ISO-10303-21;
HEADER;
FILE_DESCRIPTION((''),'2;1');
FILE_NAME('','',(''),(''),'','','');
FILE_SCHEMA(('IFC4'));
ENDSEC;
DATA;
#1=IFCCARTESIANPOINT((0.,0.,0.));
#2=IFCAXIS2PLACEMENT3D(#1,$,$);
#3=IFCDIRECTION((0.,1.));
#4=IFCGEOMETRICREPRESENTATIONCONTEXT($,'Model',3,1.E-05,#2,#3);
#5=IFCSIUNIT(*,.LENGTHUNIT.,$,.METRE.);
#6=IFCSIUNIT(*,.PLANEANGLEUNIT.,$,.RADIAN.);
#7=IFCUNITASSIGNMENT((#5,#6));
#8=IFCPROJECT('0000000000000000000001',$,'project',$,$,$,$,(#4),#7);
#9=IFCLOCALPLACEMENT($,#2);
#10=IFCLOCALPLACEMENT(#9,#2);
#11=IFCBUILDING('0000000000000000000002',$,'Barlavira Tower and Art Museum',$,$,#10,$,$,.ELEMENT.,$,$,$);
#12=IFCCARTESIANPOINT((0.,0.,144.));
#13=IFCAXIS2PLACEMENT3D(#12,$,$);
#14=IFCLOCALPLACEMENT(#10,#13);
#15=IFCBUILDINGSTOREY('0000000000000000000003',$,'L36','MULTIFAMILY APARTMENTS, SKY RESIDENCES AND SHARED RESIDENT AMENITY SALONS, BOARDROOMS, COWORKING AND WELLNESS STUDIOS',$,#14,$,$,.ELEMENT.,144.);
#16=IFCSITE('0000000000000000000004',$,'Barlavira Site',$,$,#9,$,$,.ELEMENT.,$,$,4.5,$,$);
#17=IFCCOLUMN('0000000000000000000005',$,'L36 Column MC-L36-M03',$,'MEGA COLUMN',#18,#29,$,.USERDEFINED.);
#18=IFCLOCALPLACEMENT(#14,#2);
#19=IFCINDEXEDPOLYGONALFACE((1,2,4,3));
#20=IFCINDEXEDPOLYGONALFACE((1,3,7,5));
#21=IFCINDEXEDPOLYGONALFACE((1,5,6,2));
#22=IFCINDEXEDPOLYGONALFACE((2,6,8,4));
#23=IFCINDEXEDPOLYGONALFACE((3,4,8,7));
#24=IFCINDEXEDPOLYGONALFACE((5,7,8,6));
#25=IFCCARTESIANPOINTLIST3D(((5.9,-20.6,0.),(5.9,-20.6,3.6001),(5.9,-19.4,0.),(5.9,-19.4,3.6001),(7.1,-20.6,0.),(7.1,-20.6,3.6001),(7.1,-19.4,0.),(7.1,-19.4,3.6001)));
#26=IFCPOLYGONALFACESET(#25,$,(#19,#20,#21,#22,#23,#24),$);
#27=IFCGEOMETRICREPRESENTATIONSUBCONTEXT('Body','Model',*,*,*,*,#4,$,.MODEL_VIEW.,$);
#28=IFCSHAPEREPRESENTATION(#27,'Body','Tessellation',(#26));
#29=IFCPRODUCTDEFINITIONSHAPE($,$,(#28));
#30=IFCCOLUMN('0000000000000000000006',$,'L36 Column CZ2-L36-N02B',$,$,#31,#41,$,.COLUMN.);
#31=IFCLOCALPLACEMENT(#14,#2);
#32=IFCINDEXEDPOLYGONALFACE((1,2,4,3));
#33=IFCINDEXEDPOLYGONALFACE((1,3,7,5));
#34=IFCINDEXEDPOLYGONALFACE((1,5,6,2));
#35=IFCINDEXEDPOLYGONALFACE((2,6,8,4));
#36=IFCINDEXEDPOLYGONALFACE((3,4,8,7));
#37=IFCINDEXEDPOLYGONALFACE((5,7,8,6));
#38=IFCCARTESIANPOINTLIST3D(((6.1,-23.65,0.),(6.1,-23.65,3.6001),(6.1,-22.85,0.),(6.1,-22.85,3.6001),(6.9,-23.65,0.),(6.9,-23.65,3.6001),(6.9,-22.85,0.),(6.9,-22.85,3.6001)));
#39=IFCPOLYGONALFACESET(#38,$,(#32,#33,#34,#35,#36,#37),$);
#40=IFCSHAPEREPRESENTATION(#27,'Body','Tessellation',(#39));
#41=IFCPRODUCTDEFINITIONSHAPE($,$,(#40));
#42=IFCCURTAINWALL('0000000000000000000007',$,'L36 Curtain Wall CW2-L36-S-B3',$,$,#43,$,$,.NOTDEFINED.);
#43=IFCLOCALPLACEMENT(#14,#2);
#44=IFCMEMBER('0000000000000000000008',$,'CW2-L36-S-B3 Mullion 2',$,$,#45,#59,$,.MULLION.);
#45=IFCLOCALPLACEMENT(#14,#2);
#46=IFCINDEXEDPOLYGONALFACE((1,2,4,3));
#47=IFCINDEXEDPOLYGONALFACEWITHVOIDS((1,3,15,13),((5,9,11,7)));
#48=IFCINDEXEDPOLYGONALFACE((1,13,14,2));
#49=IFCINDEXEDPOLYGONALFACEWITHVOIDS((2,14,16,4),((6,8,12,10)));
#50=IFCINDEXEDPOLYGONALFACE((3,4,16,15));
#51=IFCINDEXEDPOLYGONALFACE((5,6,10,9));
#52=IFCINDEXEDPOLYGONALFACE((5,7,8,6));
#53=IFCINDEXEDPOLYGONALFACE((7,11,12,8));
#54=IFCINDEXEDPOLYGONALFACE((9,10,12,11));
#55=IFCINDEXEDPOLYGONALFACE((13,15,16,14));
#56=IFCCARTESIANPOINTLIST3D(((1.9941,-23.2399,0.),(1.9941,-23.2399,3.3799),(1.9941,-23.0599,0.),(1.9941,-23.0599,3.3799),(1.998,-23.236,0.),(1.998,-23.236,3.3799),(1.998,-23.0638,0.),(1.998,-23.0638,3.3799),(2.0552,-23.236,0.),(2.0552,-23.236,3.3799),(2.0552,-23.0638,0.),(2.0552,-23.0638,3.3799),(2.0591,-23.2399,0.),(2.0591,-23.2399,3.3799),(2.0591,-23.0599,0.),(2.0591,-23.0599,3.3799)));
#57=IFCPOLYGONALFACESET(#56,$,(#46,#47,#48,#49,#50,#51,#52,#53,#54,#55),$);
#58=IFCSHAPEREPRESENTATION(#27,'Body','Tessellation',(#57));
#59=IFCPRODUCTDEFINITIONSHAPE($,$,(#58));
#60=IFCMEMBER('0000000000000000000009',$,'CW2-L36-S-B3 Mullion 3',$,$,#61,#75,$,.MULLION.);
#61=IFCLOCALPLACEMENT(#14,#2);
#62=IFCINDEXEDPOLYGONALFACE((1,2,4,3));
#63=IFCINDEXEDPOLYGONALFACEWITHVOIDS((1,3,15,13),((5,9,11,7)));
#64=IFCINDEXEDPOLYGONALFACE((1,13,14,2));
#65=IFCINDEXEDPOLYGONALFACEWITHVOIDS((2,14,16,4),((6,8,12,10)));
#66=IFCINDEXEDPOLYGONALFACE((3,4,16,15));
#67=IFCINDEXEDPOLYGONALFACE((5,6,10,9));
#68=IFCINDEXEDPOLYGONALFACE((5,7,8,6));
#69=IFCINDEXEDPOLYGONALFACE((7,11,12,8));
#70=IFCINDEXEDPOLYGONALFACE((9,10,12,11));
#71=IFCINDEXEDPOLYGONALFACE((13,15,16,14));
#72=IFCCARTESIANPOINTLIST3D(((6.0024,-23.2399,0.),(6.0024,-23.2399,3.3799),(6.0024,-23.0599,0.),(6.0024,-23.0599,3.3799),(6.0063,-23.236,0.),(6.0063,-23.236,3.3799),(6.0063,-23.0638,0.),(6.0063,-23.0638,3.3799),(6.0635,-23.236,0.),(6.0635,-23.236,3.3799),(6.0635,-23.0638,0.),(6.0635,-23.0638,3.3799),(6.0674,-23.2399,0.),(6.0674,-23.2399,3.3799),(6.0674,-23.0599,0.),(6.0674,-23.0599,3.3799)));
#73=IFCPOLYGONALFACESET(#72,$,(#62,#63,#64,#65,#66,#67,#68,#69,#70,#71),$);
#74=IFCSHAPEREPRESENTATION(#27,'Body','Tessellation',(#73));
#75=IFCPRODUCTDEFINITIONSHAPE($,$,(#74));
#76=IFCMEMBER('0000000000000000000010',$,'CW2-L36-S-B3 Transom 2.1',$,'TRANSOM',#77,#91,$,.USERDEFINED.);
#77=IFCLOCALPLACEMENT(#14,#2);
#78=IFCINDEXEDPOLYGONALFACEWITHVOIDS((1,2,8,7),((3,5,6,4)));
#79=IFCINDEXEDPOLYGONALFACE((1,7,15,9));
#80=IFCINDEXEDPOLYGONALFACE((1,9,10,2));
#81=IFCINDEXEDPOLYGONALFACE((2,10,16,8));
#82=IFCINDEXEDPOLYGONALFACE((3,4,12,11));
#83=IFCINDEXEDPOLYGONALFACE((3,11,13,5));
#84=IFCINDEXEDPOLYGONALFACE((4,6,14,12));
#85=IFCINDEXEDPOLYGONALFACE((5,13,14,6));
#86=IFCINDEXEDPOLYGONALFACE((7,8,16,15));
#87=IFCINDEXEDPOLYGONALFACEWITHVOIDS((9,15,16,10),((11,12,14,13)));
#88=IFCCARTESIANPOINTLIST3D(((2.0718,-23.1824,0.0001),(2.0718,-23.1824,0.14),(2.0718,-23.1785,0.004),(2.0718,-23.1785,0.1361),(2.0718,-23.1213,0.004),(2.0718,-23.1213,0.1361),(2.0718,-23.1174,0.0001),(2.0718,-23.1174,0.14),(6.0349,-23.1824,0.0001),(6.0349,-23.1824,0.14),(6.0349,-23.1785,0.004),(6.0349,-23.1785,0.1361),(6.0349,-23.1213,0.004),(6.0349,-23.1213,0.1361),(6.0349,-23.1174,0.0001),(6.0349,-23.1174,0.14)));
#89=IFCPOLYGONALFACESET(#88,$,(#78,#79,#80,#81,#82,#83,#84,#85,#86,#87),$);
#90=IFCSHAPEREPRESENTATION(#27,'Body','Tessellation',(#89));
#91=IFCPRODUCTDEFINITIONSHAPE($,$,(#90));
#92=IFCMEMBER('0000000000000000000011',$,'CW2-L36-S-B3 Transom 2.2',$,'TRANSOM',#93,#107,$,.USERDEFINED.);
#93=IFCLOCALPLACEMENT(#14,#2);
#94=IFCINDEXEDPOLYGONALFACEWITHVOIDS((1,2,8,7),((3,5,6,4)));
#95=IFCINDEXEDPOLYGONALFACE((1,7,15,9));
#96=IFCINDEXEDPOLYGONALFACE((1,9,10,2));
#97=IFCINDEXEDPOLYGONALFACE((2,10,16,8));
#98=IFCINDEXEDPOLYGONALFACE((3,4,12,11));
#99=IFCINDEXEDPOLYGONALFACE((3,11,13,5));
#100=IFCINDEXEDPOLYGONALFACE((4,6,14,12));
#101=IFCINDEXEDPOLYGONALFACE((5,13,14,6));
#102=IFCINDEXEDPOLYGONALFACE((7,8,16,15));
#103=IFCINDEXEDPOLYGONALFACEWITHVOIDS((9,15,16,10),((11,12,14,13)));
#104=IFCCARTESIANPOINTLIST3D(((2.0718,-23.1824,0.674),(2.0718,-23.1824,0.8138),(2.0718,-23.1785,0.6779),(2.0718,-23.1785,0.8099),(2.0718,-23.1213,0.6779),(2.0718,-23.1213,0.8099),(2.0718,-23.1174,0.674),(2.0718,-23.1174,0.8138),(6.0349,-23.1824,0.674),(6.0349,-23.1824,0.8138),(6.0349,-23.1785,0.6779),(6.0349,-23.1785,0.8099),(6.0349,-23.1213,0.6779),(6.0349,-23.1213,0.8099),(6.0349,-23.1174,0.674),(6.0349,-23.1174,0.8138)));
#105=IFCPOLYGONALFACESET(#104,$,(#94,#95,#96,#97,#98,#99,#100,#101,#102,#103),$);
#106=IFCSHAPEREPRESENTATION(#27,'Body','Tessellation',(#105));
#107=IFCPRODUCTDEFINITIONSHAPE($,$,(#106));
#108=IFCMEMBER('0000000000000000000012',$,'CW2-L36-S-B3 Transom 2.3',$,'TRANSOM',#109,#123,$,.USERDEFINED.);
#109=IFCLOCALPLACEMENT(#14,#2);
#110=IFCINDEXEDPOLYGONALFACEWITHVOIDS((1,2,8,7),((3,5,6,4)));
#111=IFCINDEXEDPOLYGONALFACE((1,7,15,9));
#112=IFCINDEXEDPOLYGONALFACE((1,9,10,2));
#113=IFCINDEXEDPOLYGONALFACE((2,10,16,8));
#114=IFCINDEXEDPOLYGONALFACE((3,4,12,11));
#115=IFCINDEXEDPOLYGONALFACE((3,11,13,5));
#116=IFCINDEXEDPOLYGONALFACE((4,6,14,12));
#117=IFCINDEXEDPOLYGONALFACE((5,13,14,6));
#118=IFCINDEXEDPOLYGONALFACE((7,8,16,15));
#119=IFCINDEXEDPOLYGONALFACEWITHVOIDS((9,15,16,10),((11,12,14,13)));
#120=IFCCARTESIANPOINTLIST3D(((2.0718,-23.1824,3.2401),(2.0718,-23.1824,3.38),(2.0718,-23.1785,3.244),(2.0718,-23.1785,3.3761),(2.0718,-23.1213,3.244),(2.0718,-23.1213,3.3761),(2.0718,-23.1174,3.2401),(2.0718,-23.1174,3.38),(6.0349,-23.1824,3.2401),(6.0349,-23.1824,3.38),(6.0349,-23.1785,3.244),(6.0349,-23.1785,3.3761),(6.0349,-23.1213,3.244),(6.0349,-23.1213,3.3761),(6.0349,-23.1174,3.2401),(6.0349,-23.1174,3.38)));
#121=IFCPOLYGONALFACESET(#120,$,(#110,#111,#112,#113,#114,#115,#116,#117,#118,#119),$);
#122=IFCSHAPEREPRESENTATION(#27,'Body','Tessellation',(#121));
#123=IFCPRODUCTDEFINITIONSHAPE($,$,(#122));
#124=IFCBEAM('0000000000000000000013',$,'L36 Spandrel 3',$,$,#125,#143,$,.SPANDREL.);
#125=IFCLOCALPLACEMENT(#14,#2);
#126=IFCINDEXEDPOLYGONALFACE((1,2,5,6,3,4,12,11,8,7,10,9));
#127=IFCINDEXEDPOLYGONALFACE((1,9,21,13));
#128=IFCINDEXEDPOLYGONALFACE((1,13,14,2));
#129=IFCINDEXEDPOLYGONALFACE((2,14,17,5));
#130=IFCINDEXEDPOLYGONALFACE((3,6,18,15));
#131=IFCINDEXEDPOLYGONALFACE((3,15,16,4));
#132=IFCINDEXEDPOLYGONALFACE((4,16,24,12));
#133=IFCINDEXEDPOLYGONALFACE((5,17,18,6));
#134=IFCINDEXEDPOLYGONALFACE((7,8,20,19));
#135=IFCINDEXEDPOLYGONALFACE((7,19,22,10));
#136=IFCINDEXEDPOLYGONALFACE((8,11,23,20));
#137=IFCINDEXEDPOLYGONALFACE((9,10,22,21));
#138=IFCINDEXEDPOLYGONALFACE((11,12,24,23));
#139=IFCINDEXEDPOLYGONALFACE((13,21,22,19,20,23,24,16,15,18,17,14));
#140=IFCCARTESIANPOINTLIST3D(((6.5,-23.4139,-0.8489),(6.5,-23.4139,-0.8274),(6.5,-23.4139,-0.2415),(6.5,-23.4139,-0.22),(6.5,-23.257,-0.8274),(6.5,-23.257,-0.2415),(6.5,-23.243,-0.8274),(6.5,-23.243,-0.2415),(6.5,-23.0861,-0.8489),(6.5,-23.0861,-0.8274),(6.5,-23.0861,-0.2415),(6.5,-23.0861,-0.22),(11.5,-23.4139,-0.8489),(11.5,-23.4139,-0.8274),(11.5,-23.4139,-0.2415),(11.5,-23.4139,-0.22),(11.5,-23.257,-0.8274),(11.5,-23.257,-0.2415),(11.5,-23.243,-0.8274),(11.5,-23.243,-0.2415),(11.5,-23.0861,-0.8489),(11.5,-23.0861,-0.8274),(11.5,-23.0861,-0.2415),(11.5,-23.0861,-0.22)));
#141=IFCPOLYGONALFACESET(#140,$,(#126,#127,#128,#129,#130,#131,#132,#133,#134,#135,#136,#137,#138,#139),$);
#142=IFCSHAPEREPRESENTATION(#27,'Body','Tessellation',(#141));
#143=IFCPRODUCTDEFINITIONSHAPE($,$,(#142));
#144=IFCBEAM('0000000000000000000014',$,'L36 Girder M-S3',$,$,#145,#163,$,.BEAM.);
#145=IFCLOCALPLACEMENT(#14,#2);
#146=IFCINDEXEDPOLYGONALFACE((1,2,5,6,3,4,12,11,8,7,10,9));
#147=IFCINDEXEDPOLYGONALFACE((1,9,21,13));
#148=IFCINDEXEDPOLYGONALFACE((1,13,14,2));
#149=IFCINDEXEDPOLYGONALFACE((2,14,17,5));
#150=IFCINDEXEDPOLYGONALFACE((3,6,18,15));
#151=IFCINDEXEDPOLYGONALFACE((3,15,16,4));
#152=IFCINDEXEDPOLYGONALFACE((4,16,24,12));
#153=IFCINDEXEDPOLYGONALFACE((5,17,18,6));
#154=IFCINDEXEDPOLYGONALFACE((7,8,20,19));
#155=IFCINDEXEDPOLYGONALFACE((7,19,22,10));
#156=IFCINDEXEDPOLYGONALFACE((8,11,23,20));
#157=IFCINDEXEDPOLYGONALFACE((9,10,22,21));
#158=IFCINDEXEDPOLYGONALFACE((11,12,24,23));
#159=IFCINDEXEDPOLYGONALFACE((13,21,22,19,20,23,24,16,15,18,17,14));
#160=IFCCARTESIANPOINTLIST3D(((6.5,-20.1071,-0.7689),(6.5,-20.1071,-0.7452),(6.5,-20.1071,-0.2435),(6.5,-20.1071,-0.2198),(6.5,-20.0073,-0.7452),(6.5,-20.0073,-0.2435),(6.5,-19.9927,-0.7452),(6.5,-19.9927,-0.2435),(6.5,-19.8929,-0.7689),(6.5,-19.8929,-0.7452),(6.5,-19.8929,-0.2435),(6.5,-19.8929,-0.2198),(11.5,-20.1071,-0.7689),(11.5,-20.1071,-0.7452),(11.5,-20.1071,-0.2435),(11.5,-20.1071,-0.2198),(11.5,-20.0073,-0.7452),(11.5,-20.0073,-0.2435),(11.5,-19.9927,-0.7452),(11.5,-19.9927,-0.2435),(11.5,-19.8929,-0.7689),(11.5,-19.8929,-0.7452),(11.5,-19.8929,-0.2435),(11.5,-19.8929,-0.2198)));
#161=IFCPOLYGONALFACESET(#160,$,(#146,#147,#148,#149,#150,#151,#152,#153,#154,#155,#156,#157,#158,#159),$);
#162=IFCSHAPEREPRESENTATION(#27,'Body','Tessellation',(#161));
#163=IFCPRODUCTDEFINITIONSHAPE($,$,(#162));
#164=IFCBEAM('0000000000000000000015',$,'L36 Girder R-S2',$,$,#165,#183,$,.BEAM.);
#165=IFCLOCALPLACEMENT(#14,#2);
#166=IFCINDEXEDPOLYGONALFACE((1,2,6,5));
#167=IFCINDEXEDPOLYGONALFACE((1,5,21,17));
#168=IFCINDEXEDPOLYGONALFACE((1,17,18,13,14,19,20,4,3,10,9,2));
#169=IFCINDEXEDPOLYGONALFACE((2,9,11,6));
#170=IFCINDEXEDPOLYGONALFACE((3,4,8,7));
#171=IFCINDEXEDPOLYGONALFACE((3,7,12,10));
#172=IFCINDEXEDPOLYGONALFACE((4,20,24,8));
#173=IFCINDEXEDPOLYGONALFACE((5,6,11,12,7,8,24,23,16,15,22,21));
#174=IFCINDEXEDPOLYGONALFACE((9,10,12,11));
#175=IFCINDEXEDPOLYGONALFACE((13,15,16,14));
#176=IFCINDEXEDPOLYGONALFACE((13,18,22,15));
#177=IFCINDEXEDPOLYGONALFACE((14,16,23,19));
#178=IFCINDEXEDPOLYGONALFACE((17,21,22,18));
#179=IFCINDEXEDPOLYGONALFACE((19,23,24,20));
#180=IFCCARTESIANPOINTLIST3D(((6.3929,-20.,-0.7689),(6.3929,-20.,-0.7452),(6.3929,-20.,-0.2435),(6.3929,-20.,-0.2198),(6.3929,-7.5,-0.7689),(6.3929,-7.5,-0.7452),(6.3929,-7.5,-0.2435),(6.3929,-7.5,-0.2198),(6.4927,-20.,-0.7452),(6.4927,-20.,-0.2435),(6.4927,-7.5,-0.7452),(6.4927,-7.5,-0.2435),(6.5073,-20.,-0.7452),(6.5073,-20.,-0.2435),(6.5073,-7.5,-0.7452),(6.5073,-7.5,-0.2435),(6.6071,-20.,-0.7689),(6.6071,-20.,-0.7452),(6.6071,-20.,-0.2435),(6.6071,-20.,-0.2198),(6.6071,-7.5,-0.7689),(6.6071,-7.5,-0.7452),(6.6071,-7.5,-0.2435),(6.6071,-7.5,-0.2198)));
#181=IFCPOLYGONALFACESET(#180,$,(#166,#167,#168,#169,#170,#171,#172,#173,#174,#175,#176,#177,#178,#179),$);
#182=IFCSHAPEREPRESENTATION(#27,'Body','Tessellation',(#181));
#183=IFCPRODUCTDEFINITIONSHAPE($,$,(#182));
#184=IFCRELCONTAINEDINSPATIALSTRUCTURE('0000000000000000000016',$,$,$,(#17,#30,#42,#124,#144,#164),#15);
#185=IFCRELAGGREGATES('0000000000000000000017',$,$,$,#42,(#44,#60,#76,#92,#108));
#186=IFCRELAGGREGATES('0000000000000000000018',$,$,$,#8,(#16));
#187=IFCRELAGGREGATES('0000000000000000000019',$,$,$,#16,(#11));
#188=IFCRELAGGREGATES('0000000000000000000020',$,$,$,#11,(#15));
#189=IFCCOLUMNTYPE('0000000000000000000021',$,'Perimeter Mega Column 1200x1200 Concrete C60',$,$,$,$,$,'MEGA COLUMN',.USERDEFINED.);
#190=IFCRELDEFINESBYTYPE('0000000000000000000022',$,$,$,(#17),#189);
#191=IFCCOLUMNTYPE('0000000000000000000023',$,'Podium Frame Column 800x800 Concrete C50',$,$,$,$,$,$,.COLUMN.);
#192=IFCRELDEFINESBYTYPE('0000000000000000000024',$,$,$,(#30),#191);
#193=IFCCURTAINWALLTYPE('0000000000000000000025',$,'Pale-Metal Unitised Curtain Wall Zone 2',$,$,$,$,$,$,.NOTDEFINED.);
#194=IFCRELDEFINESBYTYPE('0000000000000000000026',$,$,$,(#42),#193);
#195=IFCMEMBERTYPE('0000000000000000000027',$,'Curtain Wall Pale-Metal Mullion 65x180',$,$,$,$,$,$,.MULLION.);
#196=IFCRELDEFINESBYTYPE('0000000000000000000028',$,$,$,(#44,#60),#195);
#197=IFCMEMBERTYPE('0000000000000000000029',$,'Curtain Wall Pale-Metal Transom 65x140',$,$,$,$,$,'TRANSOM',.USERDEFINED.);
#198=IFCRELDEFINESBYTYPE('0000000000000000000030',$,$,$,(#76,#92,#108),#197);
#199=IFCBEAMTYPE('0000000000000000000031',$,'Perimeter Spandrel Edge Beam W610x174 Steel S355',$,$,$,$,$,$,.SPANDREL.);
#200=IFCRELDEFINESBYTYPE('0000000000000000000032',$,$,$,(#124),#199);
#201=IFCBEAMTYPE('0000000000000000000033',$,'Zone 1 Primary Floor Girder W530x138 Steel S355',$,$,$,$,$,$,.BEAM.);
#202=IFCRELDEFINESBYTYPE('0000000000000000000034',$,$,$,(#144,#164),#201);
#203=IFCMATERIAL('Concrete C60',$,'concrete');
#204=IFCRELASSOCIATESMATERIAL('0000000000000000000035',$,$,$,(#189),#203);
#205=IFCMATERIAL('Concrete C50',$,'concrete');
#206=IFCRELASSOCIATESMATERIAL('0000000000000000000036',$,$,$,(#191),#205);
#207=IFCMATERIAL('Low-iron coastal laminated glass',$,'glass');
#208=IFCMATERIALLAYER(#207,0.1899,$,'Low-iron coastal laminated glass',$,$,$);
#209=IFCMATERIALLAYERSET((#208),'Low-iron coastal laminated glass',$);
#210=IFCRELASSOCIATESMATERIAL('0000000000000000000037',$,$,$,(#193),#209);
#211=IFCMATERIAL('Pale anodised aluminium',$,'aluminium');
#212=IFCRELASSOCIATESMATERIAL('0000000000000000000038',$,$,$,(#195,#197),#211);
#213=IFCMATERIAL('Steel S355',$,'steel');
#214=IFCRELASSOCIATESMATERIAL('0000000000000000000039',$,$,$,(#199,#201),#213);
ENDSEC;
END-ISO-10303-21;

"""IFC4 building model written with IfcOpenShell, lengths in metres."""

from ifc_helpers import new_model, si_unit, direction, frame, origin, origin_2d, place, context, subcontext, project, spatial, rectangle, hollow_rectangle, i_section, extrude, material, layer, layer_set, material_profile, profile_set, type_object, element, aggregate, save


model = new_model("IFC4")

# Units and contexts
model_context = context("Model", 3, precision=1e-05, world=origin(), true_north=direction((0.0, 1.0)))
body_context = subcontext(model_context, "Body", "Model", "MODEL_VIEW")
ifc_project = project(units=[si_unit("LENGTHUNIT", "METRE"), si_unit("PLANEANGLEUNIT", "RADIAN")], contexts=[model_context])

# Site, building, storey
site_placement = place(None, origin())
site = spatial("IfcSite", under=ifc_project, at=site_placement, Name="Barlavira Site", CompositionType="ELEMENT", RefElevation=4.5)
building_placement = place(site_placement, origin())
building = spatial("IfcBuilding", under=site, at=building_placement, Name="Barlavira Tower and Art Museum", CompositionType="ELEMENT")
storey_placement = place(building_placement, frame((0.0, 0.0, 144.0)))
storey = spatial("IfcBuildingStorey", under=building, at=storey_placement, Name="L36", Description="MULTIFAMILY APARTMENTS, SKY RESIDENCES AND SHARED RESIDENT AMENITY SALONS, BOARDROOMS, COWORKING AND WELLNESS STUDIOS", CompositionType="ELEMENT", Elevation=144.0)

# Columns
ifc_material_1 = material(Name="Concrete C60", Category="concrete")
ifc_material_profile_1 = material_profile(ifc_material_1, rectangle(XDim=1.2, YDim=1.2, at=origin_2d()), Name="RC-COL 1200x1200")
ifc_profile_set_1 = profile_set([ifc_material_profile_1], Name="Concrete C60")
column_type_1 = type_object("IfcColumnType", Name="Perimeter Mega Column 1200x1200 Concrete C60", ElementType="MEGA COLUMN", PredefinedType="USERDEFINED", material=ifc_profile_set_1)
column_1_placement = place(storey_placement, frame((6.5, -20.0, 0.0), z_axis=(0.0, 0.0, 1.0), x_axis=(1.0, 0.0, 0.0)))
element("IfcColumn", 1, at=column_1_placement, inside=storey, type_object=column_type_1, Name="L36 Column MC-L36-M03", ObjectType="MEGA COLUMN", PredefinedType="USERDEFINED", context=body_context, shape_type="SweptSolid", body=[
    extrude(rectangle(XDim=1.2, YDim=1.2, at=origin_2d()), origin(), (0.0, 0.0, 1.0), 3.6001),
])
ifc_material_2 = material(Name="Concrete C50", Category="concrete")
ifc_material_profile_2 = material_profile(ifc_material_2, rectangle(XDim=0.8, YDim=0.8, at=origin_2d()), Name="RC-COL 800x800")
ifc_profile_set_2 = profile_set([ifc_material_profile_2], Name="Concrete C50")
column_type_2 = type_object("IfcColumnType", Name="Podium Frame Column 800x800 Concrete C50", PredefinedType="COLUMN", material=ifc_profile_set_2)
column_2_placement = place(storey_placement, frame((6.5, -23.25, 0.0), z_axis=(0.0, 0.0, 1.0), x_axis=(1.0, 0.0, 0.0)))
element("IfcColumn", 2, at=column_2_placement, inside=storey, type_object=column_type_2, Name="L36 Column CZ2-L36-N02B", PredefinedType="COLUMN", context=body_context, shape_type="SweptSolid", body=[
    extrude(rectangle(XDim=0.8, YDim=0.8, at=origin_2d()), origin(), (0.0, 0.0, 1.0), 3.6001),
])

# Curtain wall, members
ifc_material_3 = material(Name="Low-iron coastal laminated glass", Category="glass")
ifc_layer_1 = layer(ifc_material_3, 0.1899, Name="Low-iron coastal laminated glass")
ifc_layer_set_1 = layer_set([ifc_layer_1], Name="Low-iron coastal laminated glass")
curtain_wall_type = type_object("IfcCurtainWallType", Name="Pale-Metal Unitised Curtain Wall Zone 2", PredefinedType="NOTDEFINED", material=ifc_layer_set_1)
curtain_wall_placement = place(storey_placement, origin())
curtain_wall = element("IfcCurtainWall", 3, at=curtain_wall_placement, inside=storey, type_object=curtain_wall_type, Name="L36 Curtain Wall CW2-L36-S-B3", PredefinedType="NOTDEFINED")
ifc_material_4 = material(Name="Pale anodised aluminium", Category="aluminium")
ifc_material_profile_3 = material_profile(ifc_material_4, hollow_rectangle(XDim=0.0649, YDim=0.1799, WallThickness=0.0039, at=origin_2d()), Name="ALU-MULL 65x180x4")
ifc_profile_set_3 = profile_set([ifc_material_profile_3], Name="Pale anodised aluminium")
member_type_1 = type_object("IfcMemberType", Name="Curtain Wall Pale-Metal Mullion 65x180", PredefinedType="MULLION", material=ifc_profile_set_3)
member_1_placement = place(storey_placement, frame((2.0266, -23.1499, 0.0), z_axis=(0.0, 0.0, 1.0), x_axis=(1.0, 0.0, 0.0)))
member_1 = element("IfcMember", 4, at=member_1_placement, type_object=member_type_1, Name="CW2-L36-S-B3 Mullion 2", PredefinedType="MULLION", context=body_context, shape_type="SweptSolid", body=[
    extrude(hollow_rectangle(XDim=0.0649, YDim=0.1799, WallThickness=0.0039, at=origin_2d()), origin(), (0.0, 0.0, 1.0), 3.3799),
])
member_2_placement = place(storey_placement, frame((6.0349, -23.1499, 0.0), z_axis=(0.0, 0.0, 1.0), x_axis=(1.0, 0.0, 0.0)))
member_2 = element("IfcMember", 5, at=member_2_placement, type_object=member_type_1, Name="CW2-L36-S-B3 Mullion 3", PredefinedType="MULLION", context=body_context, shape_type="SweptSolid", body=[
    extrude(hollow_rectangle(XDim=0.0649, YDim=0.1799, WallThickness=0.0039, at=origin_2d()), origin(), (0.0, 0.0, 1.0), 3.3799),
])
ifc_material_profile_4 = material_profile(ifc_material_4, hollow_rectangle(XDim=0.0649, YDim=0.1399, WallThickness=0.0039, at=origin_2d()), Name="ALU-TRAN 65x140x4")
ifc_profile_set_4 = profile_set([ifc_material_profile_4], Name="Pale anodised aluminium")
member_type_2 = type_object("IfcMemberType", Name="Curtain Wall Pale-Metal Transom 65x140", ElementType="TRANSOM", PredefinedType="USERDEFINED", material=ifc_profile_set_4)
member_3_placement = place(storey_placement, frame((2.0718, -23.1499, 0.0701), z_axis=(1.0, 0.0, 0.0), x_axis=(0.0, 1.0, 0.0)))
member_3 = element("IfcMember", 6, at=member_3_placement, type_object=member_type_2, Name="CW2-L36-S-B3 Transom 2.1", ObjectType="TRANSOM", PredefinedType="USERDEFINED", context=body_context, shape_type="SweptSolid", body=[
    extrude(hollow_rectangle(XDim=0.0649, YDim=0.1399, WallThickness=0.0039, at=origin_2d()), origin(), (0.0, 0.0, 1.0), 3.9631),
])
member_4_placement = place(storey_placement, frame((2.0718, -23.1499, 0.7439), z_axis=(1.0, 0.0, 0.0), x_axis=(0.0, 1.0, 0.0)))
member_4 = element("IfcMember", 7, at=member_4_placement, type_object=member_type_2, Name="CW2-L36-S-B3 Transom 2.2", ObjectType="TRANSOM", PredefinedType="USERDEFINED", context=body_context, shape_type="SweptSolid", body=[
    extrude(hollow_rectangle(XDim=0.0649, YDim=0.1399, WallThickness=0.0039, at=origin_2d()), origin(), (0.0, 0.0, 1.0), 3.9631),
])
member_5_placement = place(storey_placement, frame((2.0718, -23.1499, 3.3101), z_axis=(1.0, 0.0, 0.0), x_axis=(0.0, 1.0, 0.0)))
member_5 = element("IfcMember", 8, at=member_5_placement, type_object=member_type_2, Name="CW2-L36-S-B3 Transom 2.3", ObjectType="TRANSOM", PredefinedType="USERDEFINED", context=body_context, shape_type="SweptSolid", body=[
    extrude(hollow_rectangle(XDim=0.0649, YDim=0.1399, WallThickness=0.0039, at=origin_2d()), origin(), (0.0, 0.0, 1.0), 3.9631),
])

# Beams
ifc_material_5 = material(Name="Steel S355", Category="steel")
ifc_material_profile_5 = material_profile(ifc_material_5, i_section(OverallWidth=0.3279, OverallDepth=0.6289, WebThickness=0.0139, FlangeThickness=0.0215, at=origin_2d()), Name="W610x174.0")
ifc_profile_set_5 = profile_set([ifc_material_profile_5], Name="Steel S355")
beam_type_1 = type_object("IfcBeamType", Name="Perimeter Spandrel Edge Beam W610x174 Steel S355", PredefinedType="SPANDREL", material=ifc_profile_set_5)
beam_1_placement = place(storey_placement, frame((6.5, -23.25, -0.5344), z_axis=(1.0, 0.0, 0.0), x_axis=(0.0, 1.0, 0.0)))
element("IfcBeam", 9, at=beam_1_placement, inside=storey, type_object=beam_type_1, Name="L36 Spandrel 3", PredefinedType="SPANDREL", context=body_context, shape_type="SweptSolid", body=[
    extrude(i_section(OverallWidth=0.3279, OverallDepth=0.6289, WebThickness=0.0139, FlangeThickness=0.0215, at=origin_2d()), origin(), (0.0, 0.0, 1.0), 5.0),
])
ifc_material_profile_6 = material_profile(ifc_material_5, i_section(OverallWidth=0.2141, OverallDepth=0.5491, WebThickness=0.0146, FlangeThickness=0.0237, at=origin_2d()), Name="W530x138.0")
ifc_profile_set_6 = profile_set([ifc_material_profile_6], Name="Steel S355")
beam_type_2 = type_object("IfcBeamType", Name="Zone 1 Primary Floor Girder W530x138 Steel S355", PredefinedType="BEAM", material=ifc_profile_set_6)
beam_2_placement = place(storey_placement, frame((6.5, -20.0, -0.4944), z_axis=(1.0, 0.0, 0.0), x_axis=(0.0, 1.0, 0.0)))
element("IfcBeam", 10, at=beam_2_placement, inside=storey, type_object=beam_type_2, Name="L36 Girder M-S3", PredefinedType="BEAM", context=body_context, shape_type="SweptSolid", body=[
    extrude(i_section(OverallWidth=0.2141, OverallDepth=0.5491, WebThickness=0.0146, FlangeThickness=0.0237, at=origin_2d()), origin(), (0.0, 0.0, 1.0), 5.0),
])
beam_3_placement = place(storey_placement, frame((6.5, -20.0, -0.4944), z_axis=(0.0, 1.0, 0.0), x_axis=(-1.0, 0.0, 0.0)))
element("IfcBeam", 11, at=beam_3_placement, inside=storey, type_object=beam_type_2, Name="L36 Girder R-S2", PredefinedType="BEAM", context=body_context, shape_type="SweptSolid", body=[
    extrude(i_section(OverallWidth=0.2141, OverallDepth=0.5491, WebThickness=0.0146, FlangeThickness=0.0237, at=origin_2d()), origin(), (0.0, 0.0, 1.0), 12.5),
])

aggregate(curtain_wall, [member_1, member_2, member_3, member_4, member_5])

save(model, "model.ifc")
